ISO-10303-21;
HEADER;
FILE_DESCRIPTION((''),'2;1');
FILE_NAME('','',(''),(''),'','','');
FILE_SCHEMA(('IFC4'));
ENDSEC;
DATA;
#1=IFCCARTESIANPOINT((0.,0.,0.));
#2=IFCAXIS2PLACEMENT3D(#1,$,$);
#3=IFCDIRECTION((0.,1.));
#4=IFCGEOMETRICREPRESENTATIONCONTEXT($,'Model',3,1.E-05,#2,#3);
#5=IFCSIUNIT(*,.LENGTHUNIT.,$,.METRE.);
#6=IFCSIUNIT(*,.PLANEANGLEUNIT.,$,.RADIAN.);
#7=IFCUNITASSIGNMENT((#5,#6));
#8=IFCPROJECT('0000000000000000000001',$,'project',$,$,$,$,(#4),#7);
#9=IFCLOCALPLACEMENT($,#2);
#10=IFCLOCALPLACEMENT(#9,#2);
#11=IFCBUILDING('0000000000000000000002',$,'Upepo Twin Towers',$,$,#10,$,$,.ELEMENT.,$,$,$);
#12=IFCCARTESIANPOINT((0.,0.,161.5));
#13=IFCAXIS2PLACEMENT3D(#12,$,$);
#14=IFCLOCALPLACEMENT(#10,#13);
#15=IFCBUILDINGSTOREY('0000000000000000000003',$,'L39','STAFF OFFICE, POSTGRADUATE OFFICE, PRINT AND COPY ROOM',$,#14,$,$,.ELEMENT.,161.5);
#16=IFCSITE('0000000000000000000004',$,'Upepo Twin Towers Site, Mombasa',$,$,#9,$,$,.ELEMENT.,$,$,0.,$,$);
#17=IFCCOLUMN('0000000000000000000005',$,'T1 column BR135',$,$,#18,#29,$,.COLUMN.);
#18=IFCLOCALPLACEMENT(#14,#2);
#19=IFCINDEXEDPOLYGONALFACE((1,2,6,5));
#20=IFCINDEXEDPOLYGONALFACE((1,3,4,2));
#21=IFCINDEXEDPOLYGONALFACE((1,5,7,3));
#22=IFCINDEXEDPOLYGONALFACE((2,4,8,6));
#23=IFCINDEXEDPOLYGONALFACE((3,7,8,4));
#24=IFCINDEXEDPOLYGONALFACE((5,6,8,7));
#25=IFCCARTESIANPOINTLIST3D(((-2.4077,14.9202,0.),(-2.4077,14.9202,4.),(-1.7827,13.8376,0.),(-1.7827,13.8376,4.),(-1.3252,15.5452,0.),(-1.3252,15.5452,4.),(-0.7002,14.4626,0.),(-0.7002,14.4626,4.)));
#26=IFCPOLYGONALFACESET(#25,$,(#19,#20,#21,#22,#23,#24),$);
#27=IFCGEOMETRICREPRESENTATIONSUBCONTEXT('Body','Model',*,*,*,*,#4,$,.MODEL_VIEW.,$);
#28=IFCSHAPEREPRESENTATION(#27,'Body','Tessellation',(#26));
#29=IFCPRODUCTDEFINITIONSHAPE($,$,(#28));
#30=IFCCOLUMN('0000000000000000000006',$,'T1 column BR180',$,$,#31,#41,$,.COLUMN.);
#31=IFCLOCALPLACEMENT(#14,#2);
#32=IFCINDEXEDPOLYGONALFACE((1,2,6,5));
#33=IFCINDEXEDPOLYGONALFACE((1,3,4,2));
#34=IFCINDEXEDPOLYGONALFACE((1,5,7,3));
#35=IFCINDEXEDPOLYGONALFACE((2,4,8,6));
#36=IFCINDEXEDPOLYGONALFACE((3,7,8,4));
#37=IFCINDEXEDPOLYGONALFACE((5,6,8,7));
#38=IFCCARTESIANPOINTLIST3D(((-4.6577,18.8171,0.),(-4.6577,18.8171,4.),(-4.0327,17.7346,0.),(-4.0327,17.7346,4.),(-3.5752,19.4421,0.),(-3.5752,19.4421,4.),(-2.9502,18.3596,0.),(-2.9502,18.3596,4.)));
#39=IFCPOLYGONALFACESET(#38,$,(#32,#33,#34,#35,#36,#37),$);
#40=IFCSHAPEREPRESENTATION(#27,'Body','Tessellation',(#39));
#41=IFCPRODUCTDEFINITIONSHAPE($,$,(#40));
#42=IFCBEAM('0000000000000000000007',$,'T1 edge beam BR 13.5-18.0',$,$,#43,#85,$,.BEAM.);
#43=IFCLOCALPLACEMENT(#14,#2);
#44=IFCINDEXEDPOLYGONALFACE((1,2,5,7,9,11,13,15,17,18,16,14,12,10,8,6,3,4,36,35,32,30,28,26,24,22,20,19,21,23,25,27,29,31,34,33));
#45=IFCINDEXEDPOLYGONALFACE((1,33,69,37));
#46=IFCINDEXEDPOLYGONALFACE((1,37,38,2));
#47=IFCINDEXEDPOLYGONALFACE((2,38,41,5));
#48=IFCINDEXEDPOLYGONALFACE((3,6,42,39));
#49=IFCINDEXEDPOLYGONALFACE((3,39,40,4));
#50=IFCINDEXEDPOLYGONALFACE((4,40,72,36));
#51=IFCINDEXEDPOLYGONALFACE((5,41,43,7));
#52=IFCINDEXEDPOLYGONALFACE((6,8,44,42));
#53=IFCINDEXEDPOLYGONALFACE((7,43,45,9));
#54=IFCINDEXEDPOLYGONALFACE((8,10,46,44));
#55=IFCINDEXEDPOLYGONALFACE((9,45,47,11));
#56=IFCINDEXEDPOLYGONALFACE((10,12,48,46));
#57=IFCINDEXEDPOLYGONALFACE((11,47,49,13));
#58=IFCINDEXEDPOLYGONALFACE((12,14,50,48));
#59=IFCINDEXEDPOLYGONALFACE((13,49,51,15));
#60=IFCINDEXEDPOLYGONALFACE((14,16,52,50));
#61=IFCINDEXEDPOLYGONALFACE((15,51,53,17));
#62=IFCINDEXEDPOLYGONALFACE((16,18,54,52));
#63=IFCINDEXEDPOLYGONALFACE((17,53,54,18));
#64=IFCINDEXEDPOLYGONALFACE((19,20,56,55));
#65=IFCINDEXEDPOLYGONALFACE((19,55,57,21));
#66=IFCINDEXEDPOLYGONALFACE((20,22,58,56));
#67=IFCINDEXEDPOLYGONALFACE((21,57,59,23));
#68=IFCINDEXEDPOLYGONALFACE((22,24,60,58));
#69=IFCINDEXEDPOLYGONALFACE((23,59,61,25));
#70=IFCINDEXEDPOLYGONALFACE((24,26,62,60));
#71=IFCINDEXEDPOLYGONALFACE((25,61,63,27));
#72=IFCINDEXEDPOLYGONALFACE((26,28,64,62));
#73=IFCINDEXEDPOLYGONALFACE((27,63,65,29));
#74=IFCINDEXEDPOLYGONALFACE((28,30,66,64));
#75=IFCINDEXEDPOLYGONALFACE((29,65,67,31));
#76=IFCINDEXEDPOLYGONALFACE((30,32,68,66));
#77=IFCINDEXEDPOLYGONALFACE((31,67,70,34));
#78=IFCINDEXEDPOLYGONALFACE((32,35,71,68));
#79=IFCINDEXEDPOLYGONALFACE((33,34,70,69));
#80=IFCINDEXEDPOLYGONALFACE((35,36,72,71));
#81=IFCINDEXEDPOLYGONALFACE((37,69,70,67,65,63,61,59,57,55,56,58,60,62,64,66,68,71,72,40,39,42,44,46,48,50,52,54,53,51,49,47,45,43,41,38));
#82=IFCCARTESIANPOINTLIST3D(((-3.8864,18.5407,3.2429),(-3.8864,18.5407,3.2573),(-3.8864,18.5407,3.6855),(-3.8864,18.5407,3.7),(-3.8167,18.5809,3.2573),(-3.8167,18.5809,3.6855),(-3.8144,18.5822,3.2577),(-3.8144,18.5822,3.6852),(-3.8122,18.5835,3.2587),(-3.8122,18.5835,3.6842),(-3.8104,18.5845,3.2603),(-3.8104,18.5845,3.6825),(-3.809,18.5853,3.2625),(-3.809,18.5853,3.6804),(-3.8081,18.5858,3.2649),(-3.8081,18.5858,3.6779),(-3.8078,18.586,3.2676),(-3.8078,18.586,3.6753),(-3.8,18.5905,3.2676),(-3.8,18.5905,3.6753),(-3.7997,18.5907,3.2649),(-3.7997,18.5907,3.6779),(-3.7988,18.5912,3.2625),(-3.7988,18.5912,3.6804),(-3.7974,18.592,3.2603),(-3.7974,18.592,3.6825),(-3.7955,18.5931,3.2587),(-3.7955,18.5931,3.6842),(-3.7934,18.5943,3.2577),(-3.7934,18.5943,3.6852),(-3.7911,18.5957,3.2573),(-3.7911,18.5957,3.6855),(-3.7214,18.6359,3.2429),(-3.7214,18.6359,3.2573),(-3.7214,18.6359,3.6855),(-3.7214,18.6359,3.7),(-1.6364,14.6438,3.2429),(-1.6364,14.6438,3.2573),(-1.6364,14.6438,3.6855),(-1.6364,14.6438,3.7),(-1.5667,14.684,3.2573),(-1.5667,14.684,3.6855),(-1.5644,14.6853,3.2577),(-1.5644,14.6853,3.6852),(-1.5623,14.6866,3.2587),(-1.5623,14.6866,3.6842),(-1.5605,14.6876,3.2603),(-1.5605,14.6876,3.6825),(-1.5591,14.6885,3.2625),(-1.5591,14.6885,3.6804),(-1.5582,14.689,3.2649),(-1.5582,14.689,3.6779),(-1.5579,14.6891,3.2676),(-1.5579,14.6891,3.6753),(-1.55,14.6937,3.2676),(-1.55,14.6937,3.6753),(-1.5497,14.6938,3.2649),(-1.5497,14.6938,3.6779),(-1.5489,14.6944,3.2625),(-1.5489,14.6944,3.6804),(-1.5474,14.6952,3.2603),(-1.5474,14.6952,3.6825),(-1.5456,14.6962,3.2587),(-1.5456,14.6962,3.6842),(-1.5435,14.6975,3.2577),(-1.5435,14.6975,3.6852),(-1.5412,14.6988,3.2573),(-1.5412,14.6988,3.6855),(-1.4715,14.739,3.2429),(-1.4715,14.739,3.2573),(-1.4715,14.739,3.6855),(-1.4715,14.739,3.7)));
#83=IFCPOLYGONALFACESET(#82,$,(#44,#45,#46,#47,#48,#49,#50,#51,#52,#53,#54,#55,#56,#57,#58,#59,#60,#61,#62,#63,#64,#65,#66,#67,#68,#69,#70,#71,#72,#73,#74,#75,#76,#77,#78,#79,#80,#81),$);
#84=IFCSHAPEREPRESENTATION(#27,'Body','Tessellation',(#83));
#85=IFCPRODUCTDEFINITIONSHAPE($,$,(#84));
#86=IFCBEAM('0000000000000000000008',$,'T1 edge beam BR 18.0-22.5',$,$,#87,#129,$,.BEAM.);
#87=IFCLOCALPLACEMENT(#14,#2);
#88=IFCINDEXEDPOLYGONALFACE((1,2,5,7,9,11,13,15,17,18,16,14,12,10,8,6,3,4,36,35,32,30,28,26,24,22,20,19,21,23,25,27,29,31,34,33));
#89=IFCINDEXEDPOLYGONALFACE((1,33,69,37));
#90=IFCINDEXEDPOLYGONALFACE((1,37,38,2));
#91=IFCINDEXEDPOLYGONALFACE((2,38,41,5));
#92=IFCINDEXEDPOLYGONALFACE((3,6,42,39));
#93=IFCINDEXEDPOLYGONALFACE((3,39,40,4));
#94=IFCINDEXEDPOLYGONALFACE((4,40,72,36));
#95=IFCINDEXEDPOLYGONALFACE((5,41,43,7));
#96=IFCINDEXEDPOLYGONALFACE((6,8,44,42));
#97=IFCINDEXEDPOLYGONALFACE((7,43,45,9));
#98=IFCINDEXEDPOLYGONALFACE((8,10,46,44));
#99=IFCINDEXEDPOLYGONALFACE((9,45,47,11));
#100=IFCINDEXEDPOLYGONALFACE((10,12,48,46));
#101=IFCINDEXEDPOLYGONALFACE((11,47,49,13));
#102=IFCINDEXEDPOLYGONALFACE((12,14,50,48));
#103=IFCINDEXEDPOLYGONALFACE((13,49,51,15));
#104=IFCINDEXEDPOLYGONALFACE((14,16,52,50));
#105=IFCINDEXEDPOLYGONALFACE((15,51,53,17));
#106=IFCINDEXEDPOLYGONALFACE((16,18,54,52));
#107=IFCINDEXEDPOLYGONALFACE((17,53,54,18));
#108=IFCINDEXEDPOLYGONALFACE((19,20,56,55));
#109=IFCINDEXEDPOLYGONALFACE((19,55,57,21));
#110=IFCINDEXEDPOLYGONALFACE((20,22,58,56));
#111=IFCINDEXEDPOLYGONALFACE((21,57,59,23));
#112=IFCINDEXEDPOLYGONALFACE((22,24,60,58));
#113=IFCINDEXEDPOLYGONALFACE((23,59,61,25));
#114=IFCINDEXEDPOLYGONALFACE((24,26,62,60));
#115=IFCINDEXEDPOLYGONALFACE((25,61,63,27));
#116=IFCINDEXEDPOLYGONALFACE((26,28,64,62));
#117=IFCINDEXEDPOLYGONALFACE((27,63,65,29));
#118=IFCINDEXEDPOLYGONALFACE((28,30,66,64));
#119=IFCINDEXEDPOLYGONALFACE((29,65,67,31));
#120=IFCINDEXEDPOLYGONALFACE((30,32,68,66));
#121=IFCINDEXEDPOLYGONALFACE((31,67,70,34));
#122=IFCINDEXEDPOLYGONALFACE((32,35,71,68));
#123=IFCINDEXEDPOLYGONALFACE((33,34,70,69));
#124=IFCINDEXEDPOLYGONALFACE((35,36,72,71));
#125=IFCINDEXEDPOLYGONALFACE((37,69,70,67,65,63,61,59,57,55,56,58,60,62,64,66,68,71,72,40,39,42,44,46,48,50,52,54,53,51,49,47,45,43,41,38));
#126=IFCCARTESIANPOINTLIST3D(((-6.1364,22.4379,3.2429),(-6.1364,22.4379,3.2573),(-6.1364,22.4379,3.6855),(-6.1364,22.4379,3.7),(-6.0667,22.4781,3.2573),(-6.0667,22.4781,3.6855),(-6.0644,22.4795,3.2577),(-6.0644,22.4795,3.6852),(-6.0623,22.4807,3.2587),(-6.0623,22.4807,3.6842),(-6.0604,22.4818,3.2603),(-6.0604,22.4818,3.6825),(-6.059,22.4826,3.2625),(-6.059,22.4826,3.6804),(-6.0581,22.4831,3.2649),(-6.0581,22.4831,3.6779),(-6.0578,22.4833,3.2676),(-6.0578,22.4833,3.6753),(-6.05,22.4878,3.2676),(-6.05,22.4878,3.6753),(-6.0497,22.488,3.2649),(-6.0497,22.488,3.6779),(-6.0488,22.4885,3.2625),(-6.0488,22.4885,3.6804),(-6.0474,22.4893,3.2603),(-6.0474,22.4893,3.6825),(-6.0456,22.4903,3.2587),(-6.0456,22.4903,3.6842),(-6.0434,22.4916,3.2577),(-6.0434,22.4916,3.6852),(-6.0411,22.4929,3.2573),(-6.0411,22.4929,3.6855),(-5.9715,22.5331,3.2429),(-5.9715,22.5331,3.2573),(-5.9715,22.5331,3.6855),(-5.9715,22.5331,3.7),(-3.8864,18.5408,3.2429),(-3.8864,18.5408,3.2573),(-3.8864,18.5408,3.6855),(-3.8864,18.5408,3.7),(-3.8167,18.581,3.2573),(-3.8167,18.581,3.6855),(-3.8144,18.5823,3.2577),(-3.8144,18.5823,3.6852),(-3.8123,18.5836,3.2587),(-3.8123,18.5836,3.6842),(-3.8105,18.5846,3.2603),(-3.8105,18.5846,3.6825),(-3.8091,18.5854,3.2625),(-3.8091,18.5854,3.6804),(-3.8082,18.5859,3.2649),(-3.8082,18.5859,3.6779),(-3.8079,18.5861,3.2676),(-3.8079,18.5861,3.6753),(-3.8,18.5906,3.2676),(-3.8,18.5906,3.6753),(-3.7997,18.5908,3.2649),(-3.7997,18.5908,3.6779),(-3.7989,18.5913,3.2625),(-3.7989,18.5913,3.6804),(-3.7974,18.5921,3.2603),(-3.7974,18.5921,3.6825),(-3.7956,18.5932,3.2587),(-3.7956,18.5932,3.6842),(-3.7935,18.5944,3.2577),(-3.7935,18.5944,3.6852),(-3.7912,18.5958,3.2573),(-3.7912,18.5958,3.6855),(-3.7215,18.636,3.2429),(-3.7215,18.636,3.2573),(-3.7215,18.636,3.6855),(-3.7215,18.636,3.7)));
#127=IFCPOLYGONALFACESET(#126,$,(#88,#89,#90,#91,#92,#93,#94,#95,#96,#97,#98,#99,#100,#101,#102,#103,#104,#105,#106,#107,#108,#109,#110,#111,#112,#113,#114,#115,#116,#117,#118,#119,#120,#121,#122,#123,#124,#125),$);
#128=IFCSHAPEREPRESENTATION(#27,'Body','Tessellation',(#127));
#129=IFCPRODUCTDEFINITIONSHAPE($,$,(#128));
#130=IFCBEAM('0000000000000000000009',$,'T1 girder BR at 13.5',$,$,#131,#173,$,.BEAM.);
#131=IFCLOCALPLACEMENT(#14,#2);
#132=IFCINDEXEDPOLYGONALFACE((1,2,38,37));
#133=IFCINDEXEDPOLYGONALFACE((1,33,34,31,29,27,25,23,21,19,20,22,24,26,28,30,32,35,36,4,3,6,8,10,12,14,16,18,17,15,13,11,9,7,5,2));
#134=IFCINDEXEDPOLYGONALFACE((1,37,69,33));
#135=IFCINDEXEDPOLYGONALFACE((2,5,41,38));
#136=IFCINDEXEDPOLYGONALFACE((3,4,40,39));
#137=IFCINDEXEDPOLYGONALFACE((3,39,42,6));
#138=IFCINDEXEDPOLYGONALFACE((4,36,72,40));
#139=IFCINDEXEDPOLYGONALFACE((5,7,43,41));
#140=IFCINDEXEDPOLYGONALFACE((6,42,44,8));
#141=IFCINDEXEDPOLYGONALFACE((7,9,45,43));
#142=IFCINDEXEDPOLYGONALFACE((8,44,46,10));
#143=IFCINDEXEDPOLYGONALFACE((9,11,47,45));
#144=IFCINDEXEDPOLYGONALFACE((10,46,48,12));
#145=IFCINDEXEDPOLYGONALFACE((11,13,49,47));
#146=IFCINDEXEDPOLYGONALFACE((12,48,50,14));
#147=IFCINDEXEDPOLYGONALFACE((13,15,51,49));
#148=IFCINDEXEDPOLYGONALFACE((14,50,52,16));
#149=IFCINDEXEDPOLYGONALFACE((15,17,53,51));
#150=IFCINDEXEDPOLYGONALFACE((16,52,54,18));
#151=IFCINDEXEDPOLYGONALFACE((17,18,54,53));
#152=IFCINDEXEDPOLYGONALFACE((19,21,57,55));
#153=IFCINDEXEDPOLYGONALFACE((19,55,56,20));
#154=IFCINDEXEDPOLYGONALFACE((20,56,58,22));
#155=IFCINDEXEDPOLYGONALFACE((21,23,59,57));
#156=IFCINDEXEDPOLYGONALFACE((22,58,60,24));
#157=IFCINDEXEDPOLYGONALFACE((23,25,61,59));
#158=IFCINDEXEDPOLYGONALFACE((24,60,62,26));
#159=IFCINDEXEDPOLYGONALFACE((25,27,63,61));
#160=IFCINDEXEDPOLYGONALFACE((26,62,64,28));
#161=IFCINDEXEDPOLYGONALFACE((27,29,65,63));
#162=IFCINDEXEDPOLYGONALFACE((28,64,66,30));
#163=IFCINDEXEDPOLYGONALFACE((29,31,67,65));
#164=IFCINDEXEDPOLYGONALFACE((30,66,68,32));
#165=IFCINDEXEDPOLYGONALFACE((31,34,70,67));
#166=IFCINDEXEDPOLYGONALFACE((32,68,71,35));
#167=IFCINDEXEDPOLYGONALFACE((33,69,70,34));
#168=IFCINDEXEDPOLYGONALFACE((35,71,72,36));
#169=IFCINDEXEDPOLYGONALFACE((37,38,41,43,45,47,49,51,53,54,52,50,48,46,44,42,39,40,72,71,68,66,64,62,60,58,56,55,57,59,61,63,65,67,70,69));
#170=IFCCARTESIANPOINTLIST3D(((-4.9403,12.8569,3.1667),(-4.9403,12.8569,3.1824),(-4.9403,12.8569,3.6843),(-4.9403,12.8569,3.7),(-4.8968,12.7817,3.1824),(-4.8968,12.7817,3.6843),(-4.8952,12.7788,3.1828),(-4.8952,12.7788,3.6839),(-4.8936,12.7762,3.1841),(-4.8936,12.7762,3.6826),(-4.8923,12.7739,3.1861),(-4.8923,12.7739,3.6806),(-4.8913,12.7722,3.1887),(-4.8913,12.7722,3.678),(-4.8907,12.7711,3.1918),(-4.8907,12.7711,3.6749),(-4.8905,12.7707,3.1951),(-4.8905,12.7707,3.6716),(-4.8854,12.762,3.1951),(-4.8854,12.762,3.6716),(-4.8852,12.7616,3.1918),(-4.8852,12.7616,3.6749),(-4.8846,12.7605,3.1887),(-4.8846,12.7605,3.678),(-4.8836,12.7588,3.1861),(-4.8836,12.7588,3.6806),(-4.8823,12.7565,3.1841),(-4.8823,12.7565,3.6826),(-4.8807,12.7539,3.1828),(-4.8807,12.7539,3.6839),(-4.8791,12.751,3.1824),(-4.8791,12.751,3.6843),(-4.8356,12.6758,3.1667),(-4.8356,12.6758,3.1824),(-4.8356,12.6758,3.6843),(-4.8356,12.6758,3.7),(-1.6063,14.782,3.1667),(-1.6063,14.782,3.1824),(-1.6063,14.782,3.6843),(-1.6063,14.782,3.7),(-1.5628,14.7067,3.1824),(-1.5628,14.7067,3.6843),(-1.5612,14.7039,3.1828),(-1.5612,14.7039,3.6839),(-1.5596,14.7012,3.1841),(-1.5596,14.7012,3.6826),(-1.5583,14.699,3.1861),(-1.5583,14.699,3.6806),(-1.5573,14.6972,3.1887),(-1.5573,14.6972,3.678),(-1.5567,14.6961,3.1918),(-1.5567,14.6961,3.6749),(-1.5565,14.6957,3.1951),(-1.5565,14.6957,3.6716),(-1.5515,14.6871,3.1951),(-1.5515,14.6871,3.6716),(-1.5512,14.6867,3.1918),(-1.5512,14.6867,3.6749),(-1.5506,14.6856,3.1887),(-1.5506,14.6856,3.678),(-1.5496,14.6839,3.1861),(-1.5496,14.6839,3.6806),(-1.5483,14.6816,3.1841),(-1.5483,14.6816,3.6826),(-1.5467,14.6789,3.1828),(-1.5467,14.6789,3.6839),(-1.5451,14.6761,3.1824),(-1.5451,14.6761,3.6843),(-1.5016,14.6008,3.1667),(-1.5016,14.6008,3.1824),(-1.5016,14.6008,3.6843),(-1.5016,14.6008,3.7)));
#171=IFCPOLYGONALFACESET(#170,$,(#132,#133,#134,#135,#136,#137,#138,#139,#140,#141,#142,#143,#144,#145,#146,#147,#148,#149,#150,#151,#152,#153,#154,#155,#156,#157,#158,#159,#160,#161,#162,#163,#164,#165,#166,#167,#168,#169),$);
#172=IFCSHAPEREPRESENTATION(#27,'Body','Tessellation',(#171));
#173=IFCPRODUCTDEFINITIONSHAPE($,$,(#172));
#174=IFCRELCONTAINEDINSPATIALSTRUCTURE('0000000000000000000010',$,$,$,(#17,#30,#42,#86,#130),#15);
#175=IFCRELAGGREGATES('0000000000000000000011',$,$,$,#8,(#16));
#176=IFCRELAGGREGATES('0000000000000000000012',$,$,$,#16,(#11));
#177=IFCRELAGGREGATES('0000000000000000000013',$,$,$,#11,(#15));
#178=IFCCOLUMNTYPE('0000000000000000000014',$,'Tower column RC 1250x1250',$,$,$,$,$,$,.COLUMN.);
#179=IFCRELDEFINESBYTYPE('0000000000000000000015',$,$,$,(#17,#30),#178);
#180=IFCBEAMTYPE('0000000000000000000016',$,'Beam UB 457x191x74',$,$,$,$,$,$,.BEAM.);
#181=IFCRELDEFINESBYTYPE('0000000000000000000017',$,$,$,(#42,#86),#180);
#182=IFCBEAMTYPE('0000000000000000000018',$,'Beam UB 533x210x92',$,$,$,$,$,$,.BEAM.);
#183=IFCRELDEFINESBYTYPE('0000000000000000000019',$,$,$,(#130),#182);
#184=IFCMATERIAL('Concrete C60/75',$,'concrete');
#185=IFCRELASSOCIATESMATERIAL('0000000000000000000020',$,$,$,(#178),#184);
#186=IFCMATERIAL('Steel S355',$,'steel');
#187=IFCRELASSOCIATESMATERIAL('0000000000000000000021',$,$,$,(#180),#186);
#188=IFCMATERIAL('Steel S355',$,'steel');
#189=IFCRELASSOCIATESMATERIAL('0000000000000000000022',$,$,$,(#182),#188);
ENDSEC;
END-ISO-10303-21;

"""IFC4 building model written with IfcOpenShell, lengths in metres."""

from ifc_helpers import new_model, si_unit, direction, frame, origin, origin_2d, place, context, subcontext, project, spatial, rectangle, i_section, extrude, material, material_profile, profile_set, type_object, element, save


model = new_model("IFC4")

# Units and contexts
model_context = context("Model", 3, precision=1e-05, world=origin(), true_north=direction((0.0, 1.0)))
body_context = subcontext(model_context, "Body", "Model", "MODEL_VIEW")
ifc_project = project(units=[si_unit("LENGTHUNIT", "METRE"), si_unit("PLANEANGLEUNIT", "RADIAN")], contexts=[model_context])

# Site, building, storey
site_placement = place(None, origin())
site = spatial("IfcSite", under=ifc_project, at=site_placement, Name="Upepo Twin Towers Site, Mombasa", CompositionType="ELEMENT", RefElevation=0.0)
building_placement = place(site_placement, origin())
building = spatial("IfcBuilding", under=site, at=building_placement, Name="Upepo Twin Towers", CompositionType="ELEMENT")
storey_placement = place(building_placement, frame((0.0, 0.0, 161.5)))
storey = spatial("IfcBuildingStorey", under=building, at=storey_placement, Name="L39", Description="STAFF OFFICE, POSTGRADUATE OFFICE, PRINT AND COPY ROOM", CompositionType="ELEMENT", Elevation=161.5)

# Columns
ifc_material_1 = material(Name="Concrete C60/75", Category="concrete")
ifc_material_profile_1 = material_profile(ifc_material_1, rectangle(XDim=1.25, YDim=1.25, at=origin_2d()), Name="RC 1250x1250")
ifc_profile_set_1 = profile_set([ifc_material_profile_1], Name="Concrete C60/75")
column_type = type_object("IfcColumnType", Name="Tower column RC 1250x1250", PredefinedType="COLUMN", material=ifc_profile_set_1)
for number, where, z_axis, x_axis, name in (
    (1, (-1.554, 14.6914, 0.0), (0.0, 0.0, 1.0), (0.866025, 0.5, 0.0), "T1 column BR135"),
    (2, (-3.804, 18.5884, 0.0), (0.0, 0.0, 1.0), (0.866025, 0.5, 0.0), "T1 column BR180"),
):
    element("IfcColumn", number, at=place(storey_placement, frame(where, z_axis=z_axis, x_axis=x_axis)), inside=storey, type_object=column_type, Name=name, PredefinedType="COLUMN", context=body_context, shape_type="SweptSolid", body=[
        extrude(rectangle(XDim=1.25, YDim=1.25, at=origin_2d()), origin(), (0.0, 0.0, 1.0), 4.0),
    ])

# Beams
ifc_material_2 = material(Name="Steel S355", Category="steel")
ifc_material_profile_2 = material_profile(ifc_material_2, i_section(OverallWidth=0.1904, OverallDepth=0.457, WebThickness=0.009, FlangeThickness=0.0144, FilletRadius=0.0103, at=origin_2d()), Name="UB 457x191x74")
ifc_profile_set_2 = profile_set([ifc_material_profile_2], Name="Steel S355")
beam_type_1 = type_object("IfcBeamType", Name="Beam UB 457x191x74", PredefinedType="BEAM", material=ifc_profile_set_2)
beam_1_placement = place(storey_placement, frame((-1.554, 14.6914, 3.4714), z_axis=(-0.500014, 0.866018, 0.0), x_axis=(-0.866018, -0.500014, 0.0)))
element("IfcBeam", 3, at=beam_1_placement, inside=storey, type_object=beam_type_1, Name="T1 edge beam BR 13.5-18.0", PredefinedType="BEAM", context=body_context, shape_type="SweptSolid", body=[
    extrude(i_section(OverallWidth=0.1904, OverallDepth=0.457, WebThickness=0.009, FlangeThickness=0.0144, FilletRadius=0.0103, at=origin_2d()), origin(), (0.0, 0.0, 1.0), 4.4998),
])
beam_2_placement = place(storey_placement, frame((-3.804, 18.5884, 3.4714), z_axis=(-0.49999, 0.866031, 0.0), x_axis=(-0.866031, -0.49999, 0.0)))
element("IfcBeam", 4, at=beam_2_placement, inside=storey, type_object=beam_type_1, Name="T1 edge beam BR 18.0-22.5", PredefinedType="BEAM", context=body_context, shape_type="SweptSolid", body=[
    extrude(i_section(OverallWidth=0.1904, OverallDepth=0.457, WebThickness=0.009, FlangeThickness=0.0144, FilletRadius=0.0103, at=origin_2d()), origin(), (0.0, 0.0, 1.0), 4.5),
])
ifc_material_3 = material(Name="Steel S355", Category="steel")
ifc_material_profile_3 = material_profile(ifc_material_3, i_section(OverallWidth=0.2092, OverallDepth=0.5332, WebThickness=0.01, FlangeThickness=0.0156, FilletRadius=0.0127, at=origin_2d()), Name="UB 533x210x92")
ifc_profile_set_3 = profile_set([ifc_material_profile_3], Name="Steel S355")
beam_type_2 = type_object("IfcBeamType", Name="Beam UB 533x210x92", PredefinedType="BEAM", material=ifc_profile_set_3)
beam_3_placement = place(storey_placement, frame((-1.554, 14.6914, 3.4333), z_axis=(-0.866006, -0.500034, 0.0), x_axis=(0.500034, -0.866006, 0.0)))
element("IfcBeam", 5, at=beam_3_placement, inside=storey, type_object=beam_type_2, Name="T1 girder BR at 13.5", PredefinedType="BEAM", context=body_context, shape_type="SweptSolid", body=[
    extrude(i_section(OverallWidth=0.2092, OverallDepth=0.5332, WebThickness=0.01, FlangeThickness=0.0156, FilletRadius=0.0127, at=origin_2d()), origin(), (0.0, 0.0, 1.0), 3.8499),
])

save(model, "model.ifc")
